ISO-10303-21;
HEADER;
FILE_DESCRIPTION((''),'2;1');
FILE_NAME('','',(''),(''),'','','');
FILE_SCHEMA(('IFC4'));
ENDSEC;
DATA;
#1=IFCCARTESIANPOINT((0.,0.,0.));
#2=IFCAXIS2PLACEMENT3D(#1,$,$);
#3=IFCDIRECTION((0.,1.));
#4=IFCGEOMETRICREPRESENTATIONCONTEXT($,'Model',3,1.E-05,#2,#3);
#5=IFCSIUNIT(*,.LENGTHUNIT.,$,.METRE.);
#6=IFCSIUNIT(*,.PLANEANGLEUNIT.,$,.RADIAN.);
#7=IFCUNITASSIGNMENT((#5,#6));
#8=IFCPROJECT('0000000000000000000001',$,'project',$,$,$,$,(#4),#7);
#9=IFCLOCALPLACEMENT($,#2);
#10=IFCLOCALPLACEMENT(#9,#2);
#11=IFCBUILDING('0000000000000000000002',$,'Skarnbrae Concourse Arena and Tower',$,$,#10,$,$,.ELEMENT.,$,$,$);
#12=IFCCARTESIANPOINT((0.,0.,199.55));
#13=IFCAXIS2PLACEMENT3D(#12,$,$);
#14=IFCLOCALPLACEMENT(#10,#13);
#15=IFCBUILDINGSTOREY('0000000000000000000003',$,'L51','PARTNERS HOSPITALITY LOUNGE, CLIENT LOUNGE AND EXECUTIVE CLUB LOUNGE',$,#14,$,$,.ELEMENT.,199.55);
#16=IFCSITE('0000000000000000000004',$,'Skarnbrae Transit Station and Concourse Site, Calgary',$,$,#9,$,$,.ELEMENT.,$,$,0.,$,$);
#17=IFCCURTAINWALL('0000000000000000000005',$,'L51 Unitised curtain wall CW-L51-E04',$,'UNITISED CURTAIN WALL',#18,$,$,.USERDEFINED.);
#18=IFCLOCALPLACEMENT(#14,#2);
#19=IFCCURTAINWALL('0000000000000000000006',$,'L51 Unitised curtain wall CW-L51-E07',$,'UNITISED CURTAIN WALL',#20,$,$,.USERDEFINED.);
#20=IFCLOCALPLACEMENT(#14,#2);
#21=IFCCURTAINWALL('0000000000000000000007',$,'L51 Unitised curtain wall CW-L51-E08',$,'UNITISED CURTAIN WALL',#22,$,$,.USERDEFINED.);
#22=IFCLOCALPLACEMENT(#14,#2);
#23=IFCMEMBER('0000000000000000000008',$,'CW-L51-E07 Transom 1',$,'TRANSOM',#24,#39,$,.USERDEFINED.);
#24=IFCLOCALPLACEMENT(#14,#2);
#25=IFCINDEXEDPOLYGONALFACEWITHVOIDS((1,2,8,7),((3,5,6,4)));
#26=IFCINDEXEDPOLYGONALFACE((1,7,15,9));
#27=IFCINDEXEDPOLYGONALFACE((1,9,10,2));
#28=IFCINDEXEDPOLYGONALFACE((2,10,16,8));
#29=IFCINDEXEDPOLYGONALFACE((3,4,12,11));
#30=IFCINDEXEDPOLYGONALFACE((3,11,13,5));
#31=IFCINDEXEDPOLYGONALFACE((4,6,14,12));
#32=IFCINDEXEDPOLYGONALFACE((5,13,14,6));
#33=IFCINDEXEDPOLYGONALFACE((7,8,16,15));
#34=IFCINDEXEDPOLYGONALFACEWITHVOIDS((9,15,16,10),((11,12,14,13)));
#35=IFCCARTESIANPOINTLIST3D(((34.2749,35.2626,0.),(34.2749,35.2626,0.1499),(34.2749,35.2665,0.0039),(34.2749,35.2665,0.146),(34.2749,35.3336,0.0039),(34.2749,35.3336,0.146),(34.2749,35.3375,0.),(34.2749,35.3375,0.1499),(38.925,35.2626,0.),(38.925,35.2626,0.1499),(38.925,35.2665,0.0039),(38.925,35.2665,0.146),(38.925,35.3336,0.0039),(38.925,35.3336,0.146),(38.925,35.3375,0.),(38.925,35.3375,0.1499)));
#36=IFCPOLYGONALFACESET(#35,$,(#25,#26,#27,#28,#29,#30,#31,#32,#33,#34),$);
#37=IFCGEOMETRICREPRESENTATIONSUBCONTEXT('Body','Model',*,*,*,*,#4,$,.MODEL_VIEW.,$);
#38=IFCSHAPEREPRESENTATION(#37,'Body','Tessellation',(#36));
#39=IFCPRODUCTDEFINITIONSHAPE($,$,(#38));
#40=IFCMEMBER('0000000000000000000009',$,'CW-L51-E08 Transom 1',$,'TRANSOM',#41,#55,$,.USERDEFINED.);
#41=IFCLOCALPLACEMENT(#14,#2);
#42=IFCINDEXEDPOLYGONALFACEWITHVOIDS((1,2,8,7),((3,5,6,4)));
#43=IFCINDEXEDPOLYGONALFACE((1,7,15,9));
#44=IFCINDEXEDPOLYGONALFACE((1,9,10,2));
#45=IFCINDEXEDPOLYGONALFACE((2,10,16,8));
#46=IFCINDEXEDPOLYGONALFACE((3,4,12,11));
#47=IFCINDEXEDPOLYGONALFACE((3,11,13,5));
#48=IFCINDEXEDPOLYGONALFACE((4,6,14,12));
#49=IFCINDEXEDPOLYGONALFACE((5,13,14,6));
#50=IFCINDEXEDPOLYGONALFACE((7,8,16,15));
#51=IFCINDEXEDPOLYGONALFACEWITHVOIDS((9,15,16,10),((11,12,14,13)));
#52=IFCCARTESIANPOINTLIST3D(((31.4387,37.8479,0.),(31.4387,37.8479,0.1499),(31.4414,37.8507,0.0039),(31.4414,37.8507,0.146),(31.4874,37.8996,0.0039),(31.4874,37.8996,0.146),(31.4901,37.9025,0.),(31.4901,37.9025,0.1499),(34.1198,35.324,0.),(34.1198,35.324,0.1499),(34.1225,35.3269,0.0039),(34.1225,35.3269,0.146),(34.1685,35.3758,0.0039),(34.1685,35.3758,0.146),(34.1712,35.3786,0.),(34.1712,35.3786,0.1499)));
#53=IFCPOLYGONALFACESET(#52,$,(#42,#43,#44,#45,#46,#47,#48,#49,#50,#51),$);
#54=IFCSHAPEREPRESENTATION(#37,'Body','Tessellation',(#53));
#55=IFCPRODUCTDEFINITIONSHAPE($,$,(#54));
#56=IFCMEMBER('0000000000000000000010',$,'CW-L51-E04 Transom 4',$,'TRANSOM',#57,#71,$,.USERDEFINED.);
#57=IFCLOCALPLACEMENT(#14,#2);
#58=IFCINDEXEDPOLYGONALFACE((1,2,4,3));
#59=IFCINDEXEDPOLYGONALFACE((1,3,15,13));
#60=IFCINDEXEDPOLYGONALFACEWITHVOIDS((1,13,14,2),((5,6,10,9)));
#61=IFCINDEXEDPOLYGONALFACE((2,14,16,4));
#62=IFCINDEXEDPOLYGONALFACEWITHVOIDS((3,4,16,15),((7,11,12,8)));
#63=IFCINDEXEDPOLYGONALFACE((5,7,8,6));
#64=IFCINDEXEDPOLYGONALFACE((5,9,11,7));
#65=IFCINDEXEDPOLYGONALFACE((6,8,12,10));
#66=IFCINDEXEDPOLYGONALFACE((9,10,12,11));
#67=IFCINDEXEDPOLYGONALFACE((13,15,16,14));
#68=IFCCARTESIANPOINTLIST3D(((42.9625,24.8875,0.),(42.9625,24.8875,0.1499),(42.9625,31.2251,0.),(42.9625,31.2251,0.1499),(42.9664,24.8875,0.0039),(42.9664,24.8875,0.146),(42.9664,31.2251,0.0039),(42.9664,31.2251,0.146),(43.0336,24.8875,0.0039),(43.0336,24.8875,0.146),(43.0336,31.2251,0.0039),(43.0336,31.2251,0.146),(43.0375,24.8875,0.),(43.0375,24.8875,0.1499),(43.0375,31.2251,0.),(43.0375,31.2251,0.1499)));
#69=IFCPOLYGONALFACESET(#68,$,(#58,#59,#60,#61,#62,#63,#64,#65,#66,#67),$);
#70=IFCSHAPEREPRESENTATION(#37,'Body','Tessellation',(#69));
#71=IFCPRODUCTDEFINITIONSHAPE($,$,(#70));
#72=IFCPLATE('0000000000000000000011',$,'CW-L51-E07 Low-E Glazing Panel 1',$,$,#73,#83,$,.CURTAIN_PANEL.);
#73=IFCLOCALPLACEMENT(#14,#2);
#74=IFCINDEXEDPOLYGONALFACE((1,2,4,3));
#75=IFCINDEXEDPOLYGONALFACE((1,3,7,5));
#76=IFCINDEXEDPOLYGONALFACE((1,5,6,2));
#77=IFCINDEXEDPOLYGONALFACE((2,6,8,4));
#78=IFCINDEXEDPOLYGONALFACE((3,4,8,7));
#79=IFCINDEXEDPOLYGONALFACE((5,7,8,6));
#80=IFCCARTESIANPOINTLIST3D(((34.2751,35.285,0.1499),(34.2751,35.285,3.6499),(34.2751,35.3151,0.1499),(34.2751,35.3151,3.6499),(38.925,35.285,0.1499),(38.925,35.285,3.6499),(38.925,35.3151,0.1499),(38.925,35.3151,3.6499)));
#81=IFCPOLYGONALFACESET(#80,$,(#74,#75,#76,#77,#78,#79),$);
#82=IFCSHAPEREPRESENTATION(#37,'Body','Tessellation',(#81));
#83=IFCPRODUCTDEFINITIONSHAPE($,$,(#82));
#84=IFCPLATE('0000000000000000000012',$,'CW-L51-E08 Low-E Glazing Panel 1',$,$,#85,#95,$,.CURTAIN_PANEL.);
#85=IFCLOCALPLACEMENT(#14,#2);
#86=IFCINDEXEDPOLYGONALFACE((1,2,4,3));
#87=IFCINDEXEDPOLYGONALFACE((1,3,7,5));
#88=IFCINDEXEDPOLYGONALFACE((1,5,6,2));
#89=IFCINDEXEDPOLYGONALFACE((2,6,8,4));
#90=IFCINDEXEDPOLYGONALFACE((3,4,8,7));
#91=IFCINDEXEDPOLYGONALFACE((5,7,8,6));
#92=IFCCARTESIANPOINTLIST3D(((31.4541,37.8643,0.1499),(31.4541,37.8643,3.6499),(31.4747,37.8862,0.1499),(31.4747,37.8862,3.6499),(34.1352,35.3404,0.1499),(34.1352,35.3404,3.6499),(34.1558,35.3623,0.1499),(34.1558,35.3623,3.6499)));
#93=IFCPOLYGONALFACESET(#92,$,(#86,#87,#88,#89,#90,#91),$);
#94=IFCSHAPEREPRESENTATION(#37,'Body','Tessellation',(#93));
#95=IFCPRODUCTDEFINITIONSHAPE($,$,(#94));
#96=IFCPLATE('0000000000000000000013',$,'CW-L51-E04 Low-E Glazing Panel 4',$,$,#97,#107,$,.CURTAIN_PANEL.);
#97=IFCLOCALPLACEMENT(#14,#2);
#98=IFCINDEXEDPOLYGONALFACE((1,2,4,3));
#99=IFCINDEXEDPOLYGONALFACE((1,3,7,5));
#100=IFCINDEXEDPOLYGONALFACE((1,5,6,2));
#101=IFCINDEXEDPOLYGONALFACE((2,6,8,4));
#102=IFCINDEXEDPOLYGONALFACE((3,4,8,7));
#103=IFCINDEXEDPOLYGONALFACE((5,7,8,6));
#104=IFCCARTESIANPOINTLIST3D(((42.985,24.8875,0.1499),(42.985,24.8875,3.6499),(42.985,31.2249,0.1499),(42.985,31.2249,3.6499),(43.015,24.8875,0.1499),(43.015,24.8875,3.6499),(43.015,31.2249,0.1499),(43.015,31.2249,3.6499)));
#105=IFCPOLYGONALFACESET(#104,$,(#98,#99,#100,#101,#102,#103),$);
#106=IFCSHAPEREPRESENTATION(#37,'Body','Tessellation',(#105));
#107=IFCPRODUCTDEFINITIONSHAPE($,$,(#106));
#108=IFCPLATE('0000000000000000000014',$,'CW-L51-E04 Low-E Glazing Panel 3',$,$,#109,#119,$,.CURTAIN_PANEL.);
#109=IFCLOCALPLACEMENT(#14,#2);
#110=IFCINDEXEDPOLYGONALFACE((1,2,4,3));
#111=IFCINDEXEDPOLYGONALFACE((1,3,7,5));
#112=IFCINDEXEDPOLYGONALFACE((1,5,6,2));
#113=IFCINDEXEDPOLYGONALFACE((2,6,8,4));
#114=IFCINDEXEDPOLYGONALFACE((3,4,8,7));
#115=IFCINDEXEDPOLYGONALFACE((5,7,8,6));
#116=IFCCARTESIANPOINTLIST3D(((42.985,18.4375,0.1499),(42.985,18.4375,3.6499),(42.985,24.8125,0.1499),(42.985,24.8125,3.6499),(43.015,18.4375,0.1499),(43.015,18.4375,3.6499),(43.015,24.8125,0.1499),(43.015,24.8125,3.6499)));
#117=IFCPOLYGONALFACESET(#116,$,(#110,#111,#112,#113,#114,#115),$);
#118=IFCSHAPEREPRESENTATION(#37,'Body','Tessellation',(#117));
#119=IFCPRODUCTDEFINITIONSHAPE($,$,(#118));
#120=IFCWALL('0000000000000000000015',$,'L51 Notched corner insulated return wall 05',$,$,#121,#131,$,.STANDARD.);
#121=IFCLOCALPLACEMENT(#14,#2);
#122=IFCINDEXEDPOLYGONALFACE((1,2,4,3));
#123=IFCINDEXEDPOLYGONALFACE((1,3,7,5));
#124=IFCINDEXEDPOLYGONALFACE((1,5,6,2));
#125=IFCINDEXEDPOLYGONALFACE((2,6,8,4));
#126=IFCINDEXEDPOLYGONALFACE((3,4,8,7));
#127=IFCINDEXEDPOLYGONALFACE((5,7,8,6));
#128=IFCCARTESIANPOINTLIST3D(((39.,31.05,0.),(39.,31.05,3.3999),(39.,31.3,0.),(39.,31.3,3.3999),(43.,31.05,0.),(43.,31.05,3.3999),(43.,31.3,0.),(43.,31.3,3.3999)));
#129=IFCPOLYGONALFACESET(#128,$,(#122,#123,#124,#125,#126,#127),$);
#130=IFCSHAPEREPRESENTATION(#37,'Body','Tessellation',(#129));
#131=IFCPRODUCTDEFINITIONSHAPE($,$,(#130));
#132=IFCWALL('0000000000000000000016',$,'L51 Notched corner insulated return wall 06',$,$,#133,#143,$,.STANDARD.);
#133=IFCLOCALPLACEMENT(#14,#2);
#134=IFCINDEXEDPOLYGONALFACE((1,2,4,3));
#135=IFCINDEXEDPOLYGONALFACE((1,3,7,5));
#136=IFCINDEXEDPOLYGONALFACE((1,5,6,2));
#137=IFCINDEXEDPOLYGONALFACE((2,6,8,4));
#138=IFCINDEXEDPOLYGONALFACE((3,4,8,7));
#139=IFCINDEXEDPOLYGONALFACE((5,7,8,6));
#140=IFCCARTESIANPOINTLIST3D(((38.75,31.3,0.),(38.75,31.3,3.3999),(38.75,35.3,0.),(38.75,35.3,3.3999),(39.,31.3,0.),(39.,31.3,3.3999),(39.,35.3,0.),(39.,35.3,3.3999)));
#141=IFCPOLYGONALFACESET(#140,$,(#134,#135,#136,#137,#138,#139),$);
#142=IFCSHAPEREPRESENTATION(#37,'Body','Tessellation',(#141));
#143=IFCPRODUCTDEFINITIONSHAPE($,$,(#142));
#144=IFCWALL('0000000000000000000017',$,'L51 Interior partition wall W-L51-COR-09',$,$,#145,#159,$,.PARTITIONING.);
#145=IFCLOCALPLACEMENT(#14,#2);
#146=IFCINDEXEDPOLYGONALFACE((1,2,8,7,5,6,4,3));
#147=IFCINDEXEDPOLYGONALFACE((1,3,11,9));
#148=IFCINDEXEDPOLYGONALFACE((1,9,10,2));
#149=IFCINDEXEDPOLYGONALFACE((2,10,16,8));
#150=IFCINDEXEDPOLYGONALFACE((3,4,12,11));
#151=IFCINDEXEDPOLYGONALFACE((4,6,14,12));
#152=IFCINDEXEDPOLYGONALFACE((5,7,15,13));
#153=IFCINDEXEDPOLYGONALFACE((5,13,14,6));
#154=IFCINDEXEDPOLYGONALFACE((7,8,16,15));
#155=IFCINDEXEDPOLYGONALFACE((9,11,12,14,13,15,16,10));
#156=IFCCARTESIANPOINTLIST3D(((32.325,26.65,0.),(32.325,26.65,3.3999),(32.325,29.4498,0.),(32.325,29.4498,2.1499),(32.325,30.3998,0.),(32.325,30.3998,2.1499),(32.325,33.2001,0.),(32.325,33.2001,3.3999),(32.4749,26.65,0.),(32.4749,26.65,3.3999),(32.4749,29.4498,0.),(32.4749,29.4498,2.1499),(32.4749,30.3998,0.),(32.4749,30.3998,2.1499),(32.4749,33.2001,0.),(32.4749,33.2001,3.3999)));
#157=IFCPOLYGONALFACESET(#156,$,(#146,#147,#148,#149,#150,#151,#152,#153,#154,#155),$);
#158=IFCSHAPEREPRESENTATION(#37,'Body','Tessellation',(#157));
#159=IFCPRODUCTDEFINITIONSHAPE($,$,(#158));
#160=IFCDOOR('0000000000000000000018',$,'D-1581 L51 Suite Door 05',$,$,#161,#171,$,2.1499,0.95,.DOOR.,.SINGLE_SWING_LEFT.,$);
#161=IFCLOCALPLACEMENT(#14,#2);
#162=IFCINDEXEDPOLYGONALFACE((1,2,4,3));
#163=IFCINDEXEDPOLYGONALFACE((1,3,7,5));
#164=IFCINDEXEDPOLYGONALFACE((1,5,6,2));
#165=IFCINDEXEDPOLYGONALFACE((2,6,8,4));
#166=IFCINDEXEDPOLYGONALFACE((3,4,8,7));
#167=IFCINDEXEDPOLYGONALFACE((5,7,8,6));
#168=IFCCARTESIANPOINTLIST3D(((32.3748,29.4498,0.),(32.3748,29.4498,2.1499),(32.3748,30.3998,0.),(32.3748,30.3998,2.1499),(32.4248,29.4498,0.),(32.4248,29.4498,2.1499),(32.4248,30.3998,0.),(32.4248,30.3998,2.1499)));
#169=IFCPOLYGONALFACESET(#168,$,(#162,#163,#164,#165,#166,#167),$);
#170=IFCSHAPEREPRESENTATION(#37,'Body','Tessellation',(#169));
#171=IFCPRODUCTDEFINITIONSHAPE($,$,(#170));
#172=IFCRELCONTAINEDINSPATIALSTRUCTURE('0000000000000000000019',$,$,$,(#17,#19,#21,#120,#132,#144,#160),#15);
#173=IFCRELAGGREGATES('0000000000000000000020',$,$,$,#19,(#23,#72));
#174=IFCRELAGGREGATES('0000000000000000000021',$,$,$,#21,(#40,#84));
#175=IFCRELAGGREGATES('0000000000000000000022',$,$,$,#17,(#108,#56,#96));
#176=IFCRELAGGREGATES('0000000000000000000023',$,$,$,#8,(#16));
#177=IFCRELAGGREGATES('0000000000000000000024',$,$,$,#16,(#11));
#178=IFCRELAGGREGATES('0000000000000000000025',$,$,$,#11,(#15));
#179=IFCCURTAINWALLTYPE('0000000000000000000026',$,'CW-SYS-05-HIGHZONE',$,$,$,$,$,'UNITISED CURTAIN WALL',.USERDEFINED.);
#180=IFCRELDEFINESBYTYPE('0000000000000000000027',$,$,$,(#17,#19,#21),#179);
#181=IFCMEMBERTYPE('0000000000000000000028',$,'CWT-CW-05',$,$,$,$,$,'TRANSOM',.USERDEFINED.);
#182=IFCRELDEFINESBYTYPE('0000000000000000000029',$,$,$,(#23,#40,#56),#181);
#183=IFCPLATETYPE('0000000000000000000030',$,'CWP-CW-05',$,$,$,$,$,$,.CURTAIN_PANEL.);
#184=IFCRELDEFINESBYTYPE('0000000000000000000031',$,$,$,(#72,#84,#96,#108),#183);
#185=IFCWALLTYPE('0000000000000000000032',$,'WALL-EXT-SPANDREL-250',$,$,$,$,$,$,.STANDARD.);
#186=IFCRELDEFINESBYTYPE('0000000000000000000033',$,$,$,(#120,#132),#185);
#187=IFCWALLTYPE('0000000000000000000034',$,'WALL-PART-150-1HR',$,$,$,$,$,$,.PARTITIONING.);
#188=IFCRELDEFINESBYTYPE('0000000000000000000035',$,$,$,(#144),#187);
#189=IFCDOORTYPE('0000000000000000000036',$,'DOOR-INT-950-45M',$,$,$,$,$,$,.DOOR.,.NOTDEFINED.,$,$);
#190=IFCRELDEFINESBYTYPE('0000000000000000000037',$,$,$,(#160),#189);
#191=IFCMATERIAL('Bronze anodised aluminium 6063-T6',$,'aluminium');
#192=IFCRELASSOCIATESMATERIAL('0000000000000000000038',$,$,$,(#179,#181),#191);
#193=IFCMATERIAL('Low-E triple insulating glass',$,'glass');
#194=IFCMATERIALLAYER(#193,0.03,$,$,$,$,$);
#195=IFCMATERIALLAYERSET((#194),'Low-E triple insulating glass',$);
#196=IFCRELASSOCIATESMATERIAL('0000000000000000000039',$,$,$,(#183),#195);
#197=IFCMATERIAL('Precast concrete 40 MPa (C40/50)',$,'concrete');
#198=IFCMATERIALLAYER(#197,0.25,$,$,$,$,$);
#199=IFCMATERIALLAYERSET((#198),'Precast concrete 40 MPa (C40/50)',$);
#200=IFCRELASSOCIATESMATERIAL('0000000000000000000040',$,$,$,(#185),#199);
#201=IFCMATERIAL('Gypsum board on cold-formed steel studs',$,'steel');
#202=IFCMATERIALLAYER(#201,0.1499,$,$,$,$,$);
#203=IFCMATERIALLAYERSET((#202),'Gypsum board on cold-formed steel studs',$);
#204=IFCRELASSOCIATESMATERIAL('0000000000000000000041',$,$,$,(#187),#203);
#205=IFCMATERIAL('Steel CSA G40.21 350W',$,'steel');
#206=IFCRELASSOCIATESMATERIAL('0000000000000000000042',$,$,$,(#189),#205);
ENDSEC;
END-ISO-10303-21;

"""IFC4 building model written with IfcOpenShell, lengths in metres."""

from ifc_helpers import new_model, si_unit, direction, frame, frame_2d, origin, origin_2d, place, context, subcontext, project, spatial, rectangle, hollow_rectangle, extrude, source, transform, mapped, material, layer, layer_set, material_profile, profile_set, type_object, element, fill, aggregate, save


model = new_model("IFC4")

# Units and contexts
model_context = context("Model", 3, precision=1e-05, world=origin(), true_north=direction((0.0, 1.0)))
body_context = subcontext(model_context, "Body", "Model", "MODEL_VIEW")
ifc_project = project(units=[si_unit("LENGTHUNIT", "METRE"), si_unit("PLANEANGLEUNIT", "RADIAN")], contexts=[model_context])

# Site, building, storey
site_placement = place(None, origin())
site = spatial("IfcSite", under=ifc_project, at=site_placement, Name="Skarnbrae Transit Station and Concourse Site, Calgary", CompositionType="ELEMENT", RefElevation=0.0)
building_placement = place(site_placement, origin())
building = spatial("IfcBuilding", under=site, at=building_placement, Name="Skarnbrae Concourse Arena and Tower", CompositionType="ELEMENT")
storey_placement = place(building_placement, frame((0.0, 0.0, 199.55)))
storey = spatial("IfcBuildingStorey", under=building, at=storey_placement, Name="L51", Description="PARTNERS HOSPITALITY LOUNGE, CLIENT LOUNGE AND EXECUTIVE CLUB LOUNGE", CompositionType="ELEMENT", Elevation=199.55)

# Shared definitions
ifc_material_1 = material(Name="Steel CSA G40.21 350W", Category="steel")

# Curtain walls
ifc_material_2 = material(Name="Bronze anodised aluminium 6063-T6", Category="aluminium")
curtain_wall_type = type_object("IfcCurtainWallType", Name="CW-SYS-05-HIGHZONE", ElementType="UNITISED CURTAIN WALL", PredefinedType="USERDEFINED", material=ifc_material_2)
curtain_wall_1_placement = place(storey_placement, origin())
curtain_wall_1 = element("IfcCurtainWall", 1, at=curtain_wall_1_placement, inside=storey, type_object=curtain_wall_type, Name="L51 Unitised curtain wall CW-L51-E04", ObjectType="UNITISED CURTAIN WALL", PredefinedType="USERDEFINED")
curtain_wall_2_placement = place(storey_placement, origin())
curtain_wall_2 = element("IfcCurtainWall", 2, at=curtain_wall_2_placement, inside=storey, type_object=curtain_wall_type, Name="L51 Unitised curtain wall CW-L51-E07", ObjectType="UNITISED CURTAIN WALL", PredefinedType="USERDEFINED")
curtain_wall_3_placement = place(storey_placement, origin())
curtain_wall_3 = element("IfcCurtainWall", 3, at=curtain_wall_3_placement, inside=storey, type_object=curtain_wall_type, Name="L51 Unitised curtain wall CW-L51-E08", ObjectType="UNITISED CURTAIN WALL", PredefinedType="USERDEFINED")

# Members
ifc_material_profile_1 = material_profile(ifc_material_2, hollow_rectangle(XDim=0.075, YDim=0.1499, WallThickness=0.0039, at=origin_2d()), Name="ALU-TRAN-75X150")
ifc_profile_set_1 = profile_set([ifc_material_profile_1], Name="Bronze anodised aluminium 6063-T6")
member_type_1 = type_object("IfcMemberType", Name="CWT-CW-05", ElementType="TRANSOM", PredefinedType="USERDEFINED", material=ifc_profile_set_1)
shared_shape_1 = source(origin(), body_context, "Body", "SweptSolid", [
    extrude(hollow_rectangle(XDim=0.075, YDim=0.1499, WallThickness=0.0039, at=origin_2d()), origin(), (0.0, 0.0, 1.0), 4.6501),
])
member_1_placement = place(storey_placement, frame((38.925, 35.3, 0.075), z_axis=(-1.0, 0.0, 0.0), x_axis=(0.0, -1.0, 0.0)))
member_1 = element("IfcMember", 4, at=member_1_placement, type_object=member_type_1, Name="CW-L51-E07 Transom 1", ObjectType="TRANSOM", PredefinedType="USERDEFINED", context=body_context, shape_type="MappedRepresentation", body=[
    mapped(shared_shape_1, transform((0.0, 0.0, 0.0))),
])
shared_shape_2 = source(origin(), body_context, "Body", "SweptSolid", [
    extrude(hollow_rectangle(XDim=0.075, YDim=0.1499, WallThickness=0.0039, at=origin_2d()), origin(), (0.0, 0.0, 1.0), 3.6821),
])
member_2_placement = place(storey_placement, frame((34.1455, 35.3513, 0.075), z_axis=(-0.728134, 0.685435, 0.0), x_axis=(-0.685435, -0.728134, 0.0)))
member_2 = element("IfcMember", 5, at=member_2_placement, type_object=member_type_1, Name="CW-L51-E08 Transom 1", ObjectType="TRANSOM", PredefinedType="USERDEFINED", context=body_context, shape_type="MappedRepresentation", body=[
    mapped(shared_shape_2, transform((0.0, 0.0, 0.0))),
])
shared_shape_3 = source(origin(), body_context, "Body", "SweptSolid", [
    extrude(hollow_rectangle(XDim=0.075, YDim=0.1499, WallThickness=0.0039, at=origin_2d()), origin(), (0.0, 0.0, 1.0), 6.3376),
])
member_3_placement = place(storey_placement, frame((43.0, 24.8875, 0.075), z_axis=(0.0, 1.0, 0.0), x_axis=(-1.0, 0.0, 0.0)))
member_3 = element("IfcMember", 6, at=member_3_placement, type_object=member_type_1, Name="CW-L51-E04 Transom 4", ObjectType="TRANSOM", PredefinedType="USERDEFINED", context=body_context, shape_type="MappedRepresentation", body=[
    mapped(shared_shape_3, transform((0.0, 0.0, 0.0))),
])

# Plates
ifc_material_3 = material(Name="Low-E triple insulating glass", Category="glass")
ifc_layer_1 = layer(ifc_material_3, 0.03)
ifc_layer_set_1 = layer_set([ifc_layer_1], Name="Low-E triple insulating glass")
plate_type = type_object("IfcPlateType", Name="CWP-CW-05", PredefinedType="CURTAIN_PANEL", material=ifc_layer_set_1)
shared_shape_4 = source(origin(), body_context, "Body", "SweptSolid", [
    extrude(rectangle(XDim=4.6499, YDim=0.03, at=origin_2d()), origin(), (0.0, 0.0, 1.0), 3.5),
])
plate_1_placement = place(storey_placement, frame((36.6001, 35.3, 0.1499), z_axis=(0.0, 0.0, 1.0), x_axis=(-1.0, 0.0, 0.0)))
plate_1 = element("IfcPlate", 7, at=plate_1_placement, type_object=plate_type, Name="CW-L51-E07 Low-E Glazing Panel 1", PredefinedType="CURTAIN_PANEL", context=body_context, shape_type="MappedRepresentation", body=[
    mapped(shared_shape_4, transform((0.0, 0.0, 0.0))),
])
aggregate(curtain_wall_2, [member_1, plate_1])
shared_shape_5 = source(origin(), body_context, "Body", "SweptSolid", [
    extrude(rectangle(XDim=3.6821, YDim=0.03, at=origin_2d()), origin(), (0.0, 0.0, 1.0), 3.5),
])
plate_2_placement = place(storey_placement, frame((32.8049, 36.6133, 0.1499), z_axis=(0.0, 0.0, 1.0), x_axis=(-0.728131, 0.685438, 0.0)))
plate_2 = element("IfcPlate", 8, at=plate_2_placement, type_object=plate_type, Name="CW-L51-E08 Low-E Glazing Panel 1", PredefinedType="CURTAIN_PANEL", context=body_context, shape_type="MappedRepresentation", body=[
    mapped(shared_shape_5, transform((0.0, 0.0, 0.0))),
])
aggregate(curtain_wall_3, [member_2, plate_2])
shared_shape_6 = source(origin(), body_context, "Body", "SweptSolid", [
    extrude(rectangle(XDim=6.3374, YDim=0.03, at=origin_2d()), origin(), (0.0, 0.0, 1.0), 3.5),
])
plate_3_placement = place(storey_placement, frame((43.0, 28.0562, 0.1499), z_axis=(0.0, 0.0, 1.0), x_axis=(0.0, 1.0, 0.0)))
plate_3 = element("IfcPlate", 9, at=plate_3_placement, type_object=plate_type, Name="CW-L51-E04 Low-E Glazing Panel 4", PredefinedType="CURTAIN_PANEL", context=body_context, shape_type="MappedRepresentation", body=[
    mapped(shared_shape_6, transform((0.0, 0.0, 0.0))),
])
shared_shape_7 = source(origin(), body_context, "Body", "SweptSolid", [
    extrude(rectangle(XDim=6.375, YDim=0.03, at=origin_2d()), origin(), (0.0, 0.0, 1.0), 3.5),
])
plate_4_placement = place(storey_placement, frame((43.0, 21.625, 0.1499), z_axis=(0.0, 0.0, 1.0), x_axis=(0.0, 1.0, 0.0)))
plate_4 = element("IfcPlate", 10, at=plate_4_placement, type_object=plate_type, Name="CW-L51-E04 Low-E Glazing Panel 3", PredefinedType="CURTAIN_PANEL", context=body_context, shape_type="MappedRepresentation", body=[
    mapped(shared_shape_7, transform((0.0, 0.0, 0.0))),
])
aggregate(curtain_wall_1, [plate_4, member_3, plate_3])

# Walls
ifc_material_4 = material(Name="Precast concrete 40 MPa (C40/50)", Category="concrete")
ifc_layer_2 = layer(ifc_material_4, 0.25)
ifc_layer_set_2 = layer_set([ifc_layer_2], Name="Precast concrete 40 MPa (C40/50)")
wall_type_1 = type_object("IfcWallType", Name="WALL-EXT-SPANDREL-250", PredefinedType="STANDARD", material=ifc_layer_set_2)
shared_shape_8 = source(origin(), body_context, "Body", "SweptSolid", [
    extrude(rectangle(XDim=4.0, YDim=0.25, at=frame_2d((2.0, 0.0))), origin(), (0.0, 0.0, 1.0), 3.3999),
])
for number, where, z_axis, x_axis, name in (
    (11, (43.0, 31.175, 0.0), (0.0, 0.0, 1.0), (-1.0, 0.0, 0.0), "L51 Notched corner insulated return wall 05"),
    (12, (38.875, 31.3, 0.0), (0.0, 0.0, 1.0), (0.0, 1.0, 0.0), "L51 Notched corner insulated return wall 06"),
):
    element("IfcWall", number, at=place(storey_placement, frame(where, z_axis=z_axis, x_axis=x_axis)), inside=storey, type_object=wall_type_1, Name=name, PredefinedType="STANDARD", context=body_context, shape_type="MappedRepresentation", body=[
        mapped(shared_shape_8, transform((0.0, 0.0, 0.0))),
    ])

# Wall, opening, door
ifc_material_5 = material(Name="Gypsum board on cold-formed steel studs", Category="steel")
ifc_layer_3 = layer(ifc_material_5, 0.1499)
ifc_layer_set_3 = layer_set([ifc_layer_3], Name="Gypsum board on cold-formed steel studs")
wall_type_2 = type_object("IfcWallType", Name="WALL-PART-150-1HR", PredefinedType="PARTITIONING", material=ifc_layer_set_3)
shared_shape_9 = source(origin(), body_context, "Body", "SweptSolid", [
    extrude(rectangle(XDim=6.55, YDim=0.1499, at=frame_2d((3.2749, 0.0))), origin(), (0.0, 0.0, 1.0), 3.3999),
])
wall_1_placement = place(storey_placement, frame((32.3999, 33.2, 0.0), z_axis=(0.0, 0.0, 1.0), x_axis=(0.0, -1.0, 0.0)))
wall_1 = element("IfcWall", 13, at=wall_1_placement, inside=storey, type_object=wall_type_2, Name="L51 Interior partition wall W-L51-COR-09", PredefinedType="PARTITIONING", context=body_context, shape_type="MappedRepresentation", body=[
    mapped(shared_shape_9, transform((0.0, 0.0, 0.0))),
])
opening_1_placement = place(wall_1_placement, frame((2.8, 0.0, 0.0)))
opening_1 = element("IfcOpeningElement", 14, at=opening_1_placement, cuts=wall_1, PredefinedType="OPENING", context=body_context, shape_type="SweptSolid", body=[
    extrude(rectangle(XDim=0.95, YDim=2.1499, at=frame_2d((0.4751, 1.075))), frame((0.0, 0.085, 0.0), z_axis=(0.0, -1.0, 0.0), x_axis=(1.0, 0.0, 0.0)), (0.0, 0.0, 1.0), 0.1699),
])
door_type = type_object("IfcDoorType", Name="DOOR-INT-950-45M", OperationType="NOTDEFINED", PredefinedType="DOOR", material=ifc_material_1)
shared_shape_10 = source(origin(), body_context, "Body", "SweptSolid", [
    extrude(rectangle(XDim=0.95, YDim=2.1499, at=frame_2d((0.4751, 1.075))), frame((0.0, 0.0249, 0.0), z_axis=(0.0, -1.0, 0.0), x_axis=(1.0, 0.0, 0.0)), (0.0, 0.0, 1.0), 0.05),
])
door_1_placement = place(opening_1_placement, origin())
door_1 = element("IfcDoor", 15, at=door_1_placement, inside=storey, type_object=door_type, Name="D-1581 L51 Suite Door 05", OperationType="SINGLE_SWING_LEFT", OverallHeight=2.1499, OverallWidth=0.95, PredefinedType="DOOR", context=body_context, shape_type="MappedRepresentation", body=[
    mapped(shared_shape_10, transform((0.0, 0.0, 0.0))),
])
fill(opening_1, door_1)

save(model, "model.ifc")
